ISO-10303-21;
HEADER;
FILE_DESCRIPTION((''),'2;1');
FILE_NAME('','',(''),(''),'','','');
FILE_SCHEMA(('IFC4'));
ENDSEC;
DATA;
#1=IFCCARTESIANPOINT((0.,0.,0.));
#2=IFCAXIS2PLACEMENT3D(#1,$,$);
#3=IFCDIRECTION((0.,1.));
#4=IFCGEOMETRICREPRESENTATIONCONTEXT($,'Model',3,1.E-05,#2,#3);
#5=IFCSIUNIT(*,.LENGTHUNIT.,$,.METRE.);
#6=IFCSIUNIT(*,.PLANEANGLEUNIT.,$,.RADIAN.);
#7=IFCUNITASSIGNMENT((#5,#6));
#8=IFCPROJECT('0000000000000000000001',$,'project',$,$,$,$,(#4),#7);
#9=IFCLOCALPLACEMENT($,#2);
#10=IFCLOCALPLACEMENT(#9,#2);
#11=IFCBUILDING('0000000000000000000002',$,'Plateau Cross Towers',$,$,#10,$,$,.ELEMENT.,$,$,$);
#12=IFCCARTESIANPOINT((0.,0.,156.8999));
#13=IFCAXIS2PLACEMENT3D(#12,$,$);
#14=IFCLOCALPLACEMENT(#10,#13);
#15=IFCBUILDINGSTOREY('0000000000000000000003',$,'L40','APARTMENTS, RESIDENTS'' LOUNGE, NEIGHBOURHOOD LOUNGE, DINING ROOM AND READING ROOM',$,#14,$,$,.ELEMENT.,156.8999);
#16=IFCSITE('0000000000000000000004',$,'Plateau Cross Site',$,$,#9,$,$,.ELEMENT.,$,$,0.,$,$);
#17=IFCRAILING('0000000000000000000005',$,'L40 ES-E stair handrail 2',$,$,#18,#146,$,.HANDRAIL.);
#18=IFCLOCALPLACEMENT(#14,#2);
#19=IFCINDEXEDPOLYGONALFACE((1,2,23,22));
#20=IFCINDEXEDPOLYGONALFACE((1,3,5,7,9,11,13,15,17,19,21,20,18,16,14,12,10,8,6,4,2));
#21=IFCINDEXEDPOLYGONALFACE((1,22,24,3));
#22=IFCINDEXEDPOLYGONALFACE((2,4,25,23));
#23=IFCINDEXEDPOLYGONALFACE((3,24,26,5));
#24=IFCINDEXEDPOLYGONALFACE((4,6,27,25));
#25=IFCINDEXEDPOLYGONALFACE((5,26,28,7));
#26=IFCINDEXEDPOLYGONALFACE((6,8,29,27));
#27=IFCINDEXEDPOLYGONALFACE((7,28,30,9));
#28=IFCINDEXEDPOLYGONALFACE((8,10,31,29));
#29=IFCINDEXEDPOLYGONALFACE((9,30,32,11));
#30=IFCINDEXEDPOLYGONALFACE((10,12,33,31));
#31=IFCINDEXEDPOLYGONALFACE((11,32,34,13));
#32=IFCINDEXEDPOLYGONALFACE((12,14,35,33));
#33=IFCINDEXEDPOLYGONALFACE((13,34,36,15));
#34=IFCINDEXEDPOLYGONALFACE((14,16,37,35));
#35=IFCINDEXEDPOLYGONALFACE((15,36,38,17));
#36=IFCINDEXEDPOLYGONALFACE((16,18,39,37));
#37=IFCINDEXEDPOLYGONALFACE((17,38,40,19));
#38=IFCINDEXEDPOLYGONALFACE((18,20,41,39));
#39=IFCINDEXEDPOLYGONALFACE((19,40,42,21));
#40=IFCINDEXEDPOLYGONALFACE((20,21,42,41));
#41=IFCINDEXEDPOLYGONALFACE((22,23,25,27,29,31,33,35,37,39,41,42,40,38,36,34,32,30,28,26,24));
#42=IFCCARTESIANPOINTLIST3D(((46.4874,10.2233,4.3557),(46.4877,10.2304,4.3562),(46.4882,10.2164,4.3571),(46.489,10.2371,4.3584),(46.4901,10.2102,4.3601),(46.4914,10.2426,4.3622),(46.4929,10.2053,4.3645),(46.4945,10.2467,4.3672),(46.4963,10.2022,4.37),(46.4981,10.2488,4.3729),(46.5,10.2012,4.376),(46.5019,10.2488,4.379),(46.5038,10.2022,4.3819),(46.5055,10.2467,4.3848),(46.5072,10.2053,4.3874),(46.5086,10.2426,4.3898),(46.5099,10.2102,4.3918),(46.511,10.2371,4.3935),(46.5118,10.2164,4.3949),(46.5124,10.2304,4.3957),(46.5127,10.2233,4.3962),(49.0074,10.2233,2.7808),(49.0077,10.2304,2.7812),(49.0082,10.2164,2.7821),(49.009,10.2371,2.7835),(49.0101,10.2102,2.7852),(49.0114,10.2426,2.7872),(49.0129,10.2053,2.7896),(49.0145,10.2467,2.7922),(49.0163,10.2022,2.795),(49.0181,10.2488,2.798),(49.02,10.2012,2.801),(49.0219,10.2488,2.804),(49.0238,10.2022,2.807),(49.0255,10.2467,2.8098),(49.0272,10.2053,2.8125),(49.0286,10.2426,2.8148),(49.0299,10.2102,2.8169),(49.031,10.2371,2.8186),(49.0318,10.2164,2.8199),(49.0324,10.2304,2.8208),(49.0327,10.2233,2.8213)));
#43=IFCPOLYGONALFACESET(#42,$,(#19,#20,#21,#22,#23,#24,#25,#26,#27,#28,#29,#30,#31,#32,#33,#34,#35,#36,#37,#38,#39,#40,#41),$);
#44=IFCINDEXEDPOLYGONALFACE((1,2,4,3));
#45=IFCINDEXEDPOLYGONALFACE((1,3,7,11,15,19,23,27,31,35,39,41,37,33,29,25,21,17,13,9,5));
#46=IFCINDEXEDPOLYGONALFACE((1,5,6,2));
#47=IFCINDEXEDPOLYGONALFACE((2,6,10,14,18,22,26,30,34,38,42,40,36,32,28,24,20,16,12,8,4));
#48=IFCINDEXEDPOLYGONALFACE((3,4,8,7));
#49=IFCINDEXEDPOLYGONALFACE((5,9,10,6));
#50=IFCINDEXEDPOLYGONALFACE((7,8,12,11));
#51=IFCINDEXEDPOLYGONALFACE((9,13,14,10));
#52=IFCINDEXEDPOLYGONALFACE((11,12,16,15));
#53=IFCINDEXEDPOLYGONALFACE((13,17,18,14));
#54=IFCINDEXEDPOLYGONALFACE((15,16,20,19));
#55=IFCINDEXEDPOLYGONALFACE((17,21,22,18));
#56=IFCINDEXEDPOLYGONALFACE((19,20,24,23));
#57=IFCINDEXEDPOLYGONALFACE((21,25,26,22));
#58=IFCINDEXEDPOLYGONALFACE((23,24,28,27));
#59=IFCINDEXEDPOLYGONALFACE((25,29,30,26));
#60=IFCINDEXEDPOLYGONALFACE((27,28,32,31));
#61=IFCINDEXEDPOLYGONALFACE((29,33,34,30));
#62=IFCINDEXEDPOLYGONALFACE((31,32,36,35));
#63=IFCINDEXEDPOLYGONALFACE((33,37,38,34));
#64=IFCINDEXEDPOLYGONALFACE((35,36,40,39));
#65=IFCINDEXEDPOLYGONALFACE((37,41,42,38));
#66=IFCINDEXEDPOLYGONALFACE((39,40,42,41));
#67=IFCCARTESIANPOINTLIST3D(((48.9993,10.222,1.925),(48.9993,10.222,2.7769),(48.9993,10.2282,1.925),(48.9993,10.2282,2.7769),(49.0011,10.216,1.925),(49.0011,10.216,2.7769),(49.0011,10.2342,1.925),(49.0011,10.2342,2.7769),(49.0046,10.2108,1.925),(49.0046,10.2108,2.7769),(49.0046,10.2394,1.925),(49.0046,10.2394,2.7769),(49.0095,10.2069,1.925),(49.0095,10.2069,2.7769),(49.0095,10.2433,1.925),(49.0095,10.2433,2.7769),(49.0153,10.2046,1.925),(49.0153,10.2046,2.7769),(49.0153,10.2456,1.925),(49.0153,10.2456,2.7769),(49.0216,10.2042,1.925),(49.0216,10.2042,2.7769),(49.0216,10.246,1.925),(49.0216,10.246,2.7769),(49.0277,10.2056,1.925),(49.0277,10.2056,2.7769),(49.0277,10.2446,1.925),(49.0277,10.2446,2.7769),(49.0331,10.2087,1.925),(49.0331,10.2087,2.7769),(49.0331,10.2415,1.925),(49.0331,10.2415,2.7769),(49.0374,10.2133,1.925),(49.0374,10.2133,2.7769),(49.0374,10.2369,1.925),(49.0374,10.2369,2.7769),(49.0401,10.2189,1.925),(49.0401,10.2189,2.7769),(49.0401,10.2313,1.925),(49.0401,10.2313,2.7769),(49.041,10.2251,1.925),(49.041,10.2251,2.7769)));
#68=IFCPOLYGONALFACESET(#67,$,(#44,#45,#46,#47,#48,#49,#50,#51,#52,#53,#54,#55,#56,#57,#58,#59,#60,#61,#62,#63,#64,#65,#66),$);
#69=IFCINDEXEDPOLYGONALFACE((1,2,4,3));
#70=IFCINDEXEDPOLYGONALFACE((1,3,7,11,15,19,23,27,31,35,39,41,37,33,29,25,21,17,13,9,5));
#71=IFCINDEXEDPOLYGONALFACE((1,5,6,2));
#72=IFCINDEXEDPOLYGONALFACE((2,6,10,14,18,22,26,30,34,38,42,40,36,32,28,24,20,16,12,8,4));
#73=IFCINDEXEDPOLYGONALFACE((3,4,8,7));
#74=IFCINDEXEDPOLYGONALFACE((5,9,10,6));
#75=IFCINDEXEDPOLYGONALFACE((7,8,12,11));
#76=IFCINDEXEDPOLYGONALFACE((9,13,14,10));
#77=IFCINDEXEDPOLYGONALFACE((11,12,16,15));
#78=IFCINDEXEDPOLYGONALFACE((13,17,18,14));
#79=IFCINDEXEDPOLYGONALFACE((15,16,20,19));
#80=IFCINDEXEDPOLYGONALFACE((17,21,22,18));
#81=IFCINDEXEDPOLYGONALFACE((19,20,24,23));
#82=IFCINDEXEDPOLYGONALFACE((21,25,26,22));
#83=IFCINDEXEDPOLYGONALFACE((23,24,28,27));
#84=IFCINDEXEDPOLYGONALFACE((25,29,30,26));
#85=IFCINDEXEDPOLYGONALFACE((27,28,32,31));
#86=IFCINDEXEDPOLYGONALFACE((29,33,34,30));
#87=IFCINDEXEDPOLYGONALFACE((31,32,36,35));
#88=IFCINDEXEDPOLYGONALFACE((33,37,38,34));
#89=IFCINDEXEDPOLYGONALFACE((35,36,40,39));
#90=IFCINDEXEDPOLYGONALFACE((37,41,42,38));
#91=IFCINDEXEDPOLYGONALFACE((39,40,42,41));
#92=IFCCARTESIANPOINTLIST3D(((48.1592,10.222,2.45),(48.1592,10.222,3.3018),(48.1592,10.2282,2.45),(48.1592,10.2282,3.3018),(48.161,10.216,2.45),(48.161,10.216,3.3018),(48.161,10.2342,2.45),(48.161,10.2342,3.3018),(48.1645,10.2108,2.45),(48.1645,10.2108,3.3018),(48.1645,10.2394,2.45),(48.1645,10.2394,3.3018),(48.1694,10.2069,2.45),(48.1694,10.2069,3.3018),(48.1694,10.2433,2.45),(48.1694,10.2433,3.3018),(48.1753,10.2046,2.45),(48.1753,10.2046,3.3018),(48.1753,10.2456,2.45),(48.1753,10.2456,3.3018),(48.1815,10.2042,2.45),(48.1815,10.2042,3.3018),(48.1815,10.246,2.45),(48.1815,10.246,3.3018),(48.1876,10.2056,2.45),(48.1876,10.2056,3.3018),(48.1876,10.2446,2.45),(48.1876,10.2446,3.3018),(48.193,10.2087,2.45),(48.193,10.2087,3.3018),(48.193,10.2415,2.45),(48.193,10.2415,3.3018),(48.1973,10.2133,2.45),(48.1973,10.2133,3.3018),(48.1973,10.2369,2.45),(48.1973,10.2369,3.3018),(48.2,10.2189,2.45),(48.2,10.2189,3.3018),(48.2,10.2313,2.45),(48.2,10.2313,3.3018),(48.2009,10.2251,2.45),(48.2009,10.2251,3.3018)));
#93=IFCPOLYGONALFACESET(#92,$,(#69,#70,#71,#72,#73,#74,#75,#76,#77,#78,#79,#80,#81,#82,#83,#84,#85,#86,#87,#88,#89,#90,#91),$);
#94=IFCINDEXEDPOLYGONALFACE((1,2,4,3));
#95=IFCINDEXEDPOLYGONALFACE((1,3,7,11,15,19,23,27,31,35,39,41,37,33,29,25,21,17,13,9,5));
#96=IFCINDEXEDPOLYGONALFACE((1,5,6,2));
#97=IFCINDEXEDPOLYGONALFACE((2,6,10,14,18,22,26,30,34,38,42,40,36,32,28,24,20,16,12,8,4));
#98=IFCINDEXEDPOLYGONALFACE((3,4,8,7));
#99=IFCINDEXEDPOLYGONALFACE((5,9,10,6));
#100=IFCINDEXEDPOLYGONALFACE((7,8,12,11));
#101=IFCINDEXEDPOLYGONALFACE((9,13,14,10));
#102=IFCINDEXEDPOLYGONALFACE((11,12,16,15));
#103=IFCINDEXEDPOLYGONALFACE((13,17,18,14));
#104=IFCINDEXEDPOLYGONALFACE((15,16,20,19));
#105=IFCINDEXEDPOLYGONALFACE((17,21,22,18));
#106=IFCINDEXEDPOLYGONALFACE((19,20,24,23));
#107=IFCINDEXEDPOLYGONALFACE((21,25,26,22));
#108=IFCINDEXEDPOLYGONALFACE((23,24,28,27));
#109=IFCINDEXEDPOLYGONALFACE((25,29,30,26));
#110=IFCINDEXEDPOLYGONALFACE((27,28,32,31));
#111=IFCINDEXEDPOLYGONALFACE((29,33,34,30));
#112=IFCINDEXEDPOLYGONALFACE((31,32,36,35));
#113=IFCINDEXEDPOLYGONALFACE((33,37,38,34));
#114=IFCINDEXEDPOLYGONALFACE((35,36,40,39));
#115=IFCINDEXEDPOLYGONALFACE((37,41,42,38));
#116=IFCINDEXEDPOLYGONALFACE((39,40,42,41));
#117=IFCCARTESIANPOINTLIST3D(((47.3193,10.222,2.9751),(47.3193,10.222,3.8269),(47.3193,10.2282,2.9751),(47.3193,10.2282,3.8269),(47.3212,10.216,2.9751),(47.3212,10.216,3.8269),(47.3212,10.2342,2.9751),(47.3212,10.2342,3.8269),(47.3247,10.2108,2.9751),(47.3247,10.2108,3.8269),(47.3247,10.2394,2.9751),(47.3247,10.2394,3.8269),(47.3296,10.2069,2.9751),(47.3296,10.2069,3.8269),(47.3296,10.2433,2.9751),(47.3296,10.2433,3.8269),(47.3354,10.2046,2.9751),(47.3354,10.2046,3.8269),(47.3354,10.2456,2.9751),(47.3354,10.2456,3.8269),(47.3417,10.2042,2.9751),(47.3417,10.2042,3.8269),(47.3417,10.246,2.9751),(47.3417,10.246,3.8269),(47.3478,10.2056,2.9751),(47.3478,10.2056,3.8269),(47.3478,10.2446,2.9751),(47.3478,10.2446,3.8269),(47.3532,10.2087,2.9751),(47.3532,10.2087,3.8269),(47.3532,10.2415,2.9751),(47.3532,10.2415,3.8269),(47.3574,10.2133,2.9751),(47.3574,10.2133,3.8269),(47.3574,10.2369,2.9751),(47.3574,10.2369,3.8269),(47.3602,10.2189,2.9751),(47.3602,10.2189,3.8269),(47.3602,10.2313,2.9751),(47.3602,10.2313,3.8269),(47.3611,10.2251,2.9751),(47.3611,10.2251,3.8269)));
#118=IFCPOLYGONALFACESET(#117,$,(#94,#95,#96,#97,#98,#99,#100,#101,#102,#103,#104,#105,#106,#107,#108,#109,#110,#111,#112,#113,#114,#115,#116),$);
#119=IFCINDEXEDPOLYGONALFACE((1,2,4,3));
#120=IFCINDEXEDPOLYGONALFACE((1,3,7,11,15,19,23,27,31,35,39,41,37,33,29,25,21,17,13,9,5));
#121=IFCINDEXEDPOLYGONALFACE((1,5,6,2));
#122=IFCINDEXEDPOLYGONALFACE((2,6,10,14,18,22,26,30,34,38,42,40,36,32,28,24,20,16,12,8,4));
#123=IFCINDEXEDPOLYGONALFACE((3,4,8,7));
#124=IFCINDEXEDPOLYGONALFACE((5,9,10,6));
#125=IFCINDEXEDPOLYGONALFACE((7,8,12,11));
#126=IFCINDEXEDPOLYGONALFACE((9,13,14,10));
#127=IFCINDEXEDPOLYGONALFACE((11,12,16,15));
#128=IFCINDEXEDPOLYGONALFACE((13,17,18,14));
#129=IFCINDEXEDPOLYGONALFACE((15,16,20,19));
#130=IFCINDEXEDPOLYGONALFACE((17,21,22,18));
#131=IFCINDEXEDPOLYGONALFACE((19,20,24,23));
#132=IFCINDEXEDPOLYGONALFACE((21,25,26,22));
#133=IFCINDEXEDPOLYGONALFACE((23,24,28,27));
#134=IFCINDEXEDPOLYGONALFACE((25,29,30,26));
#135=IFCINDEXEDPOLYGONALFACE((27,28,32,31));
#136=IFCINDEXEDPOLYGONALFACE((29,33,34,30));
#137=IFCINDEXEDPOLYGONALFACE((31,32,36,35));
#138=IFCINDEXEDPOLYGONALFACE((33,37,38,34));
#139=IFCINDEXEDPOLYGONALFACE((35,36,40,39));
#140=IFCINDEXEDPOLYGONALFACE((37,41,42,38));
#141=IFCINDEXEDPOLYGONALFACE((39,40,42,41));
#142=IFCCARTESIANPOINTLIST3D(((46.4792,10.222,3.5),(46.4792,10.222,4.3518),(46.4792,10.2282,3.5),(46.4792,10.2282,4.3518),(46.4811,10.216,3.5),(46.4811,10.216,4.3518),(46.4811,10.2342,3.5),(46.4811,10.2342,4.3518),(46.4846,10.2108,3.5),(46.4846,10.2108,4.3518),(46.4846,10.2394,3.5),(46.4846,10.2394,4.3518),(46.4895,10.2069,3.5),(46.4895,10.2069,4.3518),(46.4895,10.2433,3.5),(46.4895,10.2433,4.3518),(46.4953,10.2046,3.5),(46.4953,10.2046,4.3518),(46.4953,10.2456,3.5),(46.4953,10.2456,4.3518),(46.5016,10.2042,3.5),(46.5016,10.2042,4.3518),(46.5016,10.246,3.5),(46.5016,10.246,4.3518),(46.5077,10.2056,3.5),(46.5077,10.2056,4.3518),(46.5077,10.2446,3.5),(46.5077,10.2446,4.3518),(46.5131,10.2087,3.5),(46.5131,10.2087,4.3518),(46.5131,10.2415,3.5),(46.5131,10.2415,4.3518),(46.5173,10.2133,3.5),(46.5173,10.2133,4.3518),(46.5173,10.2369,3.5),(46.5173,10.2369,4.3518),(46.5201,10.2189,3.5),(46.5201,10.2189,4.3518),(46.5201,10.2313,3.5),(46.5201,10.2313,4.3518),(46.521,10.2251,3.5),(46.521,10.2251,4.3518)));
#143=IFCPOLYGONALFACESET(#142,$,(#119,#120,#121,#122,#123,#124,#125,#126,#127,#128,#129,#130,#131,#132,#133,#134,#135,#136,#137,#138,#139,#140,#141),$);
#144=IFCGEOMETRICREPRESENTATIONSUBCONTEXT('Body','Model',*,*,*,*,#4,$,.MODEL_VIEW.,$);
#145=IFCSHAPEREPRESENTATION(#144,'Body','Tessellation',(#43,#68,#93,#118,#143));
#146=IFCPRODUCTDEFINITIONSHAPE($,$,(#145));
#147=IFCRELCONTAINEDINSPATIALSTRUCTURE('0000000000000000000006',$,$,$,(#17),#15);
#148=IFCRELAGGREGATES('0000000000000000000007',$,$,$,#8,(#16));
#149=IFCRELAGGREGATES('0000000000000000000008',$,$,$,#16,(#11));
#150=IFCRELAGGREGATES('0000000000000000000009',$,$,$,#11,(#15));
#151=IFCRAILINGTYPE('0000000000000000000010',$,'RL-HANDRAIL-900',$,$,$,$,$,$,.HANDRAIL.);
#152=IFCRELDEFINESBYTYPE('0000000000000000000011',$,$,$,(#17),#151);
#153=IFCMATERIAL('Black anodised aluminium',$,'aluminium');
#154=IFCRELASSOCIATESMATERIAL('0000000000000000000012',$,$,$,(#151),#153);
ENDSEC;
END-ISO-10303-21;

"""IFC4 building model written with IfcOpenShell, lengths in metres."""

from ifc_helpers import new_model, si_unit, direction, frame, origin, origin_2d, place, context, subcontext, project, spatial, circle, extrude, material, type_object, element, save


model = new_model("IFC4")

# Units and contexts
model_context = context("Model", 3, precision=1e-05, world=origin(), true_north=direction((0.0, 1.0)))
body_context = subcontext(model_context, "Body", "Model", "MODEL_VIEW")
ifc_project = project(units=[si_unit("LENGTHUNIT", "METRE"), si_unit("PLANEANGLEUNIT", "RADIAN")], contexts=[model_context])

# Site, building, storey
site_placement = place(None, origin())
site = spatial("IfcSite", under=ifc_project, at=site_placement, Name="Plateau Cross Site", CompositionType="ELEMENT", RefElevation=0.0)
building_placement = place(site_placement, origin())
building = spatial("IfcBuilding", under=site, at=building_placement, Name="Plateau Cross Towers", CompositionType="ELEMENT")
storey_placement = place(building_placement, frame((0.0, 0.0, 156.8999)))
storey = spatial("IfcBuildingStorey", under=building, at=storey_placement, Name="L40", Description="APARTMENTS, RESIDENTS' LOUNGE, NEIGHBOURHOOD LOUNGE, DINING ROOM AND READING ROOM", CompositionType="ELEMENT", Elevation=156.8999)

# Shared definitions
ifc_material_1 = material(Name="Black anodised aluminium", Category="aluminium")

# Railing
railing_type_1 = type_object("IfcRailingType", Name="RL-HANDRAIL-900", PredefinedType="HANDRAIL", material=ifc_material_1)
railing_1_placement = place(storey_placement, frame((49.02, 10.2251, 1.925)))
element("IfcRailing", 1, at=railing_1_placement, inside=storey, type_object=railing_type_1, Name="L40 ES-E stair handrail 2", PredefinedType="HANDRAIL", context=body_context, shape_type="SweptSolid", body=[
    extrude(circle(Radius=0.0239, at=origin_2d()), frame((0.0, 0.0, 0.876), z_axis=(-0.848008, 0.0, 0.529984), x_axis=(0.0, -1.0, 0.0)), (0.0, 0.0, 1.0), 2.9717),
    extrude(circle(Radius=0.021, at=origin_2d()), origin(), (0.0, 0.0, 1.0), 0.8518),
    extrude(circle(Radius=0.021, at=origin_2d()), frame((-0.8401, 0.0, 0.5249)), (0.0, 0.0, 1.0), 0.8518),
    extrude(circle(Radius=0.021, at=origin_2d()), frame((-1.6799, 0.0, 1.05)), (0.0, 0.0, 1.0), 0.8518),
    extrude(circle(Radius=0.021, at=origin_2d()), frame((-2.52, 0.0, 1.575)), (0.0, 0.0, 1.0), 0.8518),
])

save(model, "model.ifc")
